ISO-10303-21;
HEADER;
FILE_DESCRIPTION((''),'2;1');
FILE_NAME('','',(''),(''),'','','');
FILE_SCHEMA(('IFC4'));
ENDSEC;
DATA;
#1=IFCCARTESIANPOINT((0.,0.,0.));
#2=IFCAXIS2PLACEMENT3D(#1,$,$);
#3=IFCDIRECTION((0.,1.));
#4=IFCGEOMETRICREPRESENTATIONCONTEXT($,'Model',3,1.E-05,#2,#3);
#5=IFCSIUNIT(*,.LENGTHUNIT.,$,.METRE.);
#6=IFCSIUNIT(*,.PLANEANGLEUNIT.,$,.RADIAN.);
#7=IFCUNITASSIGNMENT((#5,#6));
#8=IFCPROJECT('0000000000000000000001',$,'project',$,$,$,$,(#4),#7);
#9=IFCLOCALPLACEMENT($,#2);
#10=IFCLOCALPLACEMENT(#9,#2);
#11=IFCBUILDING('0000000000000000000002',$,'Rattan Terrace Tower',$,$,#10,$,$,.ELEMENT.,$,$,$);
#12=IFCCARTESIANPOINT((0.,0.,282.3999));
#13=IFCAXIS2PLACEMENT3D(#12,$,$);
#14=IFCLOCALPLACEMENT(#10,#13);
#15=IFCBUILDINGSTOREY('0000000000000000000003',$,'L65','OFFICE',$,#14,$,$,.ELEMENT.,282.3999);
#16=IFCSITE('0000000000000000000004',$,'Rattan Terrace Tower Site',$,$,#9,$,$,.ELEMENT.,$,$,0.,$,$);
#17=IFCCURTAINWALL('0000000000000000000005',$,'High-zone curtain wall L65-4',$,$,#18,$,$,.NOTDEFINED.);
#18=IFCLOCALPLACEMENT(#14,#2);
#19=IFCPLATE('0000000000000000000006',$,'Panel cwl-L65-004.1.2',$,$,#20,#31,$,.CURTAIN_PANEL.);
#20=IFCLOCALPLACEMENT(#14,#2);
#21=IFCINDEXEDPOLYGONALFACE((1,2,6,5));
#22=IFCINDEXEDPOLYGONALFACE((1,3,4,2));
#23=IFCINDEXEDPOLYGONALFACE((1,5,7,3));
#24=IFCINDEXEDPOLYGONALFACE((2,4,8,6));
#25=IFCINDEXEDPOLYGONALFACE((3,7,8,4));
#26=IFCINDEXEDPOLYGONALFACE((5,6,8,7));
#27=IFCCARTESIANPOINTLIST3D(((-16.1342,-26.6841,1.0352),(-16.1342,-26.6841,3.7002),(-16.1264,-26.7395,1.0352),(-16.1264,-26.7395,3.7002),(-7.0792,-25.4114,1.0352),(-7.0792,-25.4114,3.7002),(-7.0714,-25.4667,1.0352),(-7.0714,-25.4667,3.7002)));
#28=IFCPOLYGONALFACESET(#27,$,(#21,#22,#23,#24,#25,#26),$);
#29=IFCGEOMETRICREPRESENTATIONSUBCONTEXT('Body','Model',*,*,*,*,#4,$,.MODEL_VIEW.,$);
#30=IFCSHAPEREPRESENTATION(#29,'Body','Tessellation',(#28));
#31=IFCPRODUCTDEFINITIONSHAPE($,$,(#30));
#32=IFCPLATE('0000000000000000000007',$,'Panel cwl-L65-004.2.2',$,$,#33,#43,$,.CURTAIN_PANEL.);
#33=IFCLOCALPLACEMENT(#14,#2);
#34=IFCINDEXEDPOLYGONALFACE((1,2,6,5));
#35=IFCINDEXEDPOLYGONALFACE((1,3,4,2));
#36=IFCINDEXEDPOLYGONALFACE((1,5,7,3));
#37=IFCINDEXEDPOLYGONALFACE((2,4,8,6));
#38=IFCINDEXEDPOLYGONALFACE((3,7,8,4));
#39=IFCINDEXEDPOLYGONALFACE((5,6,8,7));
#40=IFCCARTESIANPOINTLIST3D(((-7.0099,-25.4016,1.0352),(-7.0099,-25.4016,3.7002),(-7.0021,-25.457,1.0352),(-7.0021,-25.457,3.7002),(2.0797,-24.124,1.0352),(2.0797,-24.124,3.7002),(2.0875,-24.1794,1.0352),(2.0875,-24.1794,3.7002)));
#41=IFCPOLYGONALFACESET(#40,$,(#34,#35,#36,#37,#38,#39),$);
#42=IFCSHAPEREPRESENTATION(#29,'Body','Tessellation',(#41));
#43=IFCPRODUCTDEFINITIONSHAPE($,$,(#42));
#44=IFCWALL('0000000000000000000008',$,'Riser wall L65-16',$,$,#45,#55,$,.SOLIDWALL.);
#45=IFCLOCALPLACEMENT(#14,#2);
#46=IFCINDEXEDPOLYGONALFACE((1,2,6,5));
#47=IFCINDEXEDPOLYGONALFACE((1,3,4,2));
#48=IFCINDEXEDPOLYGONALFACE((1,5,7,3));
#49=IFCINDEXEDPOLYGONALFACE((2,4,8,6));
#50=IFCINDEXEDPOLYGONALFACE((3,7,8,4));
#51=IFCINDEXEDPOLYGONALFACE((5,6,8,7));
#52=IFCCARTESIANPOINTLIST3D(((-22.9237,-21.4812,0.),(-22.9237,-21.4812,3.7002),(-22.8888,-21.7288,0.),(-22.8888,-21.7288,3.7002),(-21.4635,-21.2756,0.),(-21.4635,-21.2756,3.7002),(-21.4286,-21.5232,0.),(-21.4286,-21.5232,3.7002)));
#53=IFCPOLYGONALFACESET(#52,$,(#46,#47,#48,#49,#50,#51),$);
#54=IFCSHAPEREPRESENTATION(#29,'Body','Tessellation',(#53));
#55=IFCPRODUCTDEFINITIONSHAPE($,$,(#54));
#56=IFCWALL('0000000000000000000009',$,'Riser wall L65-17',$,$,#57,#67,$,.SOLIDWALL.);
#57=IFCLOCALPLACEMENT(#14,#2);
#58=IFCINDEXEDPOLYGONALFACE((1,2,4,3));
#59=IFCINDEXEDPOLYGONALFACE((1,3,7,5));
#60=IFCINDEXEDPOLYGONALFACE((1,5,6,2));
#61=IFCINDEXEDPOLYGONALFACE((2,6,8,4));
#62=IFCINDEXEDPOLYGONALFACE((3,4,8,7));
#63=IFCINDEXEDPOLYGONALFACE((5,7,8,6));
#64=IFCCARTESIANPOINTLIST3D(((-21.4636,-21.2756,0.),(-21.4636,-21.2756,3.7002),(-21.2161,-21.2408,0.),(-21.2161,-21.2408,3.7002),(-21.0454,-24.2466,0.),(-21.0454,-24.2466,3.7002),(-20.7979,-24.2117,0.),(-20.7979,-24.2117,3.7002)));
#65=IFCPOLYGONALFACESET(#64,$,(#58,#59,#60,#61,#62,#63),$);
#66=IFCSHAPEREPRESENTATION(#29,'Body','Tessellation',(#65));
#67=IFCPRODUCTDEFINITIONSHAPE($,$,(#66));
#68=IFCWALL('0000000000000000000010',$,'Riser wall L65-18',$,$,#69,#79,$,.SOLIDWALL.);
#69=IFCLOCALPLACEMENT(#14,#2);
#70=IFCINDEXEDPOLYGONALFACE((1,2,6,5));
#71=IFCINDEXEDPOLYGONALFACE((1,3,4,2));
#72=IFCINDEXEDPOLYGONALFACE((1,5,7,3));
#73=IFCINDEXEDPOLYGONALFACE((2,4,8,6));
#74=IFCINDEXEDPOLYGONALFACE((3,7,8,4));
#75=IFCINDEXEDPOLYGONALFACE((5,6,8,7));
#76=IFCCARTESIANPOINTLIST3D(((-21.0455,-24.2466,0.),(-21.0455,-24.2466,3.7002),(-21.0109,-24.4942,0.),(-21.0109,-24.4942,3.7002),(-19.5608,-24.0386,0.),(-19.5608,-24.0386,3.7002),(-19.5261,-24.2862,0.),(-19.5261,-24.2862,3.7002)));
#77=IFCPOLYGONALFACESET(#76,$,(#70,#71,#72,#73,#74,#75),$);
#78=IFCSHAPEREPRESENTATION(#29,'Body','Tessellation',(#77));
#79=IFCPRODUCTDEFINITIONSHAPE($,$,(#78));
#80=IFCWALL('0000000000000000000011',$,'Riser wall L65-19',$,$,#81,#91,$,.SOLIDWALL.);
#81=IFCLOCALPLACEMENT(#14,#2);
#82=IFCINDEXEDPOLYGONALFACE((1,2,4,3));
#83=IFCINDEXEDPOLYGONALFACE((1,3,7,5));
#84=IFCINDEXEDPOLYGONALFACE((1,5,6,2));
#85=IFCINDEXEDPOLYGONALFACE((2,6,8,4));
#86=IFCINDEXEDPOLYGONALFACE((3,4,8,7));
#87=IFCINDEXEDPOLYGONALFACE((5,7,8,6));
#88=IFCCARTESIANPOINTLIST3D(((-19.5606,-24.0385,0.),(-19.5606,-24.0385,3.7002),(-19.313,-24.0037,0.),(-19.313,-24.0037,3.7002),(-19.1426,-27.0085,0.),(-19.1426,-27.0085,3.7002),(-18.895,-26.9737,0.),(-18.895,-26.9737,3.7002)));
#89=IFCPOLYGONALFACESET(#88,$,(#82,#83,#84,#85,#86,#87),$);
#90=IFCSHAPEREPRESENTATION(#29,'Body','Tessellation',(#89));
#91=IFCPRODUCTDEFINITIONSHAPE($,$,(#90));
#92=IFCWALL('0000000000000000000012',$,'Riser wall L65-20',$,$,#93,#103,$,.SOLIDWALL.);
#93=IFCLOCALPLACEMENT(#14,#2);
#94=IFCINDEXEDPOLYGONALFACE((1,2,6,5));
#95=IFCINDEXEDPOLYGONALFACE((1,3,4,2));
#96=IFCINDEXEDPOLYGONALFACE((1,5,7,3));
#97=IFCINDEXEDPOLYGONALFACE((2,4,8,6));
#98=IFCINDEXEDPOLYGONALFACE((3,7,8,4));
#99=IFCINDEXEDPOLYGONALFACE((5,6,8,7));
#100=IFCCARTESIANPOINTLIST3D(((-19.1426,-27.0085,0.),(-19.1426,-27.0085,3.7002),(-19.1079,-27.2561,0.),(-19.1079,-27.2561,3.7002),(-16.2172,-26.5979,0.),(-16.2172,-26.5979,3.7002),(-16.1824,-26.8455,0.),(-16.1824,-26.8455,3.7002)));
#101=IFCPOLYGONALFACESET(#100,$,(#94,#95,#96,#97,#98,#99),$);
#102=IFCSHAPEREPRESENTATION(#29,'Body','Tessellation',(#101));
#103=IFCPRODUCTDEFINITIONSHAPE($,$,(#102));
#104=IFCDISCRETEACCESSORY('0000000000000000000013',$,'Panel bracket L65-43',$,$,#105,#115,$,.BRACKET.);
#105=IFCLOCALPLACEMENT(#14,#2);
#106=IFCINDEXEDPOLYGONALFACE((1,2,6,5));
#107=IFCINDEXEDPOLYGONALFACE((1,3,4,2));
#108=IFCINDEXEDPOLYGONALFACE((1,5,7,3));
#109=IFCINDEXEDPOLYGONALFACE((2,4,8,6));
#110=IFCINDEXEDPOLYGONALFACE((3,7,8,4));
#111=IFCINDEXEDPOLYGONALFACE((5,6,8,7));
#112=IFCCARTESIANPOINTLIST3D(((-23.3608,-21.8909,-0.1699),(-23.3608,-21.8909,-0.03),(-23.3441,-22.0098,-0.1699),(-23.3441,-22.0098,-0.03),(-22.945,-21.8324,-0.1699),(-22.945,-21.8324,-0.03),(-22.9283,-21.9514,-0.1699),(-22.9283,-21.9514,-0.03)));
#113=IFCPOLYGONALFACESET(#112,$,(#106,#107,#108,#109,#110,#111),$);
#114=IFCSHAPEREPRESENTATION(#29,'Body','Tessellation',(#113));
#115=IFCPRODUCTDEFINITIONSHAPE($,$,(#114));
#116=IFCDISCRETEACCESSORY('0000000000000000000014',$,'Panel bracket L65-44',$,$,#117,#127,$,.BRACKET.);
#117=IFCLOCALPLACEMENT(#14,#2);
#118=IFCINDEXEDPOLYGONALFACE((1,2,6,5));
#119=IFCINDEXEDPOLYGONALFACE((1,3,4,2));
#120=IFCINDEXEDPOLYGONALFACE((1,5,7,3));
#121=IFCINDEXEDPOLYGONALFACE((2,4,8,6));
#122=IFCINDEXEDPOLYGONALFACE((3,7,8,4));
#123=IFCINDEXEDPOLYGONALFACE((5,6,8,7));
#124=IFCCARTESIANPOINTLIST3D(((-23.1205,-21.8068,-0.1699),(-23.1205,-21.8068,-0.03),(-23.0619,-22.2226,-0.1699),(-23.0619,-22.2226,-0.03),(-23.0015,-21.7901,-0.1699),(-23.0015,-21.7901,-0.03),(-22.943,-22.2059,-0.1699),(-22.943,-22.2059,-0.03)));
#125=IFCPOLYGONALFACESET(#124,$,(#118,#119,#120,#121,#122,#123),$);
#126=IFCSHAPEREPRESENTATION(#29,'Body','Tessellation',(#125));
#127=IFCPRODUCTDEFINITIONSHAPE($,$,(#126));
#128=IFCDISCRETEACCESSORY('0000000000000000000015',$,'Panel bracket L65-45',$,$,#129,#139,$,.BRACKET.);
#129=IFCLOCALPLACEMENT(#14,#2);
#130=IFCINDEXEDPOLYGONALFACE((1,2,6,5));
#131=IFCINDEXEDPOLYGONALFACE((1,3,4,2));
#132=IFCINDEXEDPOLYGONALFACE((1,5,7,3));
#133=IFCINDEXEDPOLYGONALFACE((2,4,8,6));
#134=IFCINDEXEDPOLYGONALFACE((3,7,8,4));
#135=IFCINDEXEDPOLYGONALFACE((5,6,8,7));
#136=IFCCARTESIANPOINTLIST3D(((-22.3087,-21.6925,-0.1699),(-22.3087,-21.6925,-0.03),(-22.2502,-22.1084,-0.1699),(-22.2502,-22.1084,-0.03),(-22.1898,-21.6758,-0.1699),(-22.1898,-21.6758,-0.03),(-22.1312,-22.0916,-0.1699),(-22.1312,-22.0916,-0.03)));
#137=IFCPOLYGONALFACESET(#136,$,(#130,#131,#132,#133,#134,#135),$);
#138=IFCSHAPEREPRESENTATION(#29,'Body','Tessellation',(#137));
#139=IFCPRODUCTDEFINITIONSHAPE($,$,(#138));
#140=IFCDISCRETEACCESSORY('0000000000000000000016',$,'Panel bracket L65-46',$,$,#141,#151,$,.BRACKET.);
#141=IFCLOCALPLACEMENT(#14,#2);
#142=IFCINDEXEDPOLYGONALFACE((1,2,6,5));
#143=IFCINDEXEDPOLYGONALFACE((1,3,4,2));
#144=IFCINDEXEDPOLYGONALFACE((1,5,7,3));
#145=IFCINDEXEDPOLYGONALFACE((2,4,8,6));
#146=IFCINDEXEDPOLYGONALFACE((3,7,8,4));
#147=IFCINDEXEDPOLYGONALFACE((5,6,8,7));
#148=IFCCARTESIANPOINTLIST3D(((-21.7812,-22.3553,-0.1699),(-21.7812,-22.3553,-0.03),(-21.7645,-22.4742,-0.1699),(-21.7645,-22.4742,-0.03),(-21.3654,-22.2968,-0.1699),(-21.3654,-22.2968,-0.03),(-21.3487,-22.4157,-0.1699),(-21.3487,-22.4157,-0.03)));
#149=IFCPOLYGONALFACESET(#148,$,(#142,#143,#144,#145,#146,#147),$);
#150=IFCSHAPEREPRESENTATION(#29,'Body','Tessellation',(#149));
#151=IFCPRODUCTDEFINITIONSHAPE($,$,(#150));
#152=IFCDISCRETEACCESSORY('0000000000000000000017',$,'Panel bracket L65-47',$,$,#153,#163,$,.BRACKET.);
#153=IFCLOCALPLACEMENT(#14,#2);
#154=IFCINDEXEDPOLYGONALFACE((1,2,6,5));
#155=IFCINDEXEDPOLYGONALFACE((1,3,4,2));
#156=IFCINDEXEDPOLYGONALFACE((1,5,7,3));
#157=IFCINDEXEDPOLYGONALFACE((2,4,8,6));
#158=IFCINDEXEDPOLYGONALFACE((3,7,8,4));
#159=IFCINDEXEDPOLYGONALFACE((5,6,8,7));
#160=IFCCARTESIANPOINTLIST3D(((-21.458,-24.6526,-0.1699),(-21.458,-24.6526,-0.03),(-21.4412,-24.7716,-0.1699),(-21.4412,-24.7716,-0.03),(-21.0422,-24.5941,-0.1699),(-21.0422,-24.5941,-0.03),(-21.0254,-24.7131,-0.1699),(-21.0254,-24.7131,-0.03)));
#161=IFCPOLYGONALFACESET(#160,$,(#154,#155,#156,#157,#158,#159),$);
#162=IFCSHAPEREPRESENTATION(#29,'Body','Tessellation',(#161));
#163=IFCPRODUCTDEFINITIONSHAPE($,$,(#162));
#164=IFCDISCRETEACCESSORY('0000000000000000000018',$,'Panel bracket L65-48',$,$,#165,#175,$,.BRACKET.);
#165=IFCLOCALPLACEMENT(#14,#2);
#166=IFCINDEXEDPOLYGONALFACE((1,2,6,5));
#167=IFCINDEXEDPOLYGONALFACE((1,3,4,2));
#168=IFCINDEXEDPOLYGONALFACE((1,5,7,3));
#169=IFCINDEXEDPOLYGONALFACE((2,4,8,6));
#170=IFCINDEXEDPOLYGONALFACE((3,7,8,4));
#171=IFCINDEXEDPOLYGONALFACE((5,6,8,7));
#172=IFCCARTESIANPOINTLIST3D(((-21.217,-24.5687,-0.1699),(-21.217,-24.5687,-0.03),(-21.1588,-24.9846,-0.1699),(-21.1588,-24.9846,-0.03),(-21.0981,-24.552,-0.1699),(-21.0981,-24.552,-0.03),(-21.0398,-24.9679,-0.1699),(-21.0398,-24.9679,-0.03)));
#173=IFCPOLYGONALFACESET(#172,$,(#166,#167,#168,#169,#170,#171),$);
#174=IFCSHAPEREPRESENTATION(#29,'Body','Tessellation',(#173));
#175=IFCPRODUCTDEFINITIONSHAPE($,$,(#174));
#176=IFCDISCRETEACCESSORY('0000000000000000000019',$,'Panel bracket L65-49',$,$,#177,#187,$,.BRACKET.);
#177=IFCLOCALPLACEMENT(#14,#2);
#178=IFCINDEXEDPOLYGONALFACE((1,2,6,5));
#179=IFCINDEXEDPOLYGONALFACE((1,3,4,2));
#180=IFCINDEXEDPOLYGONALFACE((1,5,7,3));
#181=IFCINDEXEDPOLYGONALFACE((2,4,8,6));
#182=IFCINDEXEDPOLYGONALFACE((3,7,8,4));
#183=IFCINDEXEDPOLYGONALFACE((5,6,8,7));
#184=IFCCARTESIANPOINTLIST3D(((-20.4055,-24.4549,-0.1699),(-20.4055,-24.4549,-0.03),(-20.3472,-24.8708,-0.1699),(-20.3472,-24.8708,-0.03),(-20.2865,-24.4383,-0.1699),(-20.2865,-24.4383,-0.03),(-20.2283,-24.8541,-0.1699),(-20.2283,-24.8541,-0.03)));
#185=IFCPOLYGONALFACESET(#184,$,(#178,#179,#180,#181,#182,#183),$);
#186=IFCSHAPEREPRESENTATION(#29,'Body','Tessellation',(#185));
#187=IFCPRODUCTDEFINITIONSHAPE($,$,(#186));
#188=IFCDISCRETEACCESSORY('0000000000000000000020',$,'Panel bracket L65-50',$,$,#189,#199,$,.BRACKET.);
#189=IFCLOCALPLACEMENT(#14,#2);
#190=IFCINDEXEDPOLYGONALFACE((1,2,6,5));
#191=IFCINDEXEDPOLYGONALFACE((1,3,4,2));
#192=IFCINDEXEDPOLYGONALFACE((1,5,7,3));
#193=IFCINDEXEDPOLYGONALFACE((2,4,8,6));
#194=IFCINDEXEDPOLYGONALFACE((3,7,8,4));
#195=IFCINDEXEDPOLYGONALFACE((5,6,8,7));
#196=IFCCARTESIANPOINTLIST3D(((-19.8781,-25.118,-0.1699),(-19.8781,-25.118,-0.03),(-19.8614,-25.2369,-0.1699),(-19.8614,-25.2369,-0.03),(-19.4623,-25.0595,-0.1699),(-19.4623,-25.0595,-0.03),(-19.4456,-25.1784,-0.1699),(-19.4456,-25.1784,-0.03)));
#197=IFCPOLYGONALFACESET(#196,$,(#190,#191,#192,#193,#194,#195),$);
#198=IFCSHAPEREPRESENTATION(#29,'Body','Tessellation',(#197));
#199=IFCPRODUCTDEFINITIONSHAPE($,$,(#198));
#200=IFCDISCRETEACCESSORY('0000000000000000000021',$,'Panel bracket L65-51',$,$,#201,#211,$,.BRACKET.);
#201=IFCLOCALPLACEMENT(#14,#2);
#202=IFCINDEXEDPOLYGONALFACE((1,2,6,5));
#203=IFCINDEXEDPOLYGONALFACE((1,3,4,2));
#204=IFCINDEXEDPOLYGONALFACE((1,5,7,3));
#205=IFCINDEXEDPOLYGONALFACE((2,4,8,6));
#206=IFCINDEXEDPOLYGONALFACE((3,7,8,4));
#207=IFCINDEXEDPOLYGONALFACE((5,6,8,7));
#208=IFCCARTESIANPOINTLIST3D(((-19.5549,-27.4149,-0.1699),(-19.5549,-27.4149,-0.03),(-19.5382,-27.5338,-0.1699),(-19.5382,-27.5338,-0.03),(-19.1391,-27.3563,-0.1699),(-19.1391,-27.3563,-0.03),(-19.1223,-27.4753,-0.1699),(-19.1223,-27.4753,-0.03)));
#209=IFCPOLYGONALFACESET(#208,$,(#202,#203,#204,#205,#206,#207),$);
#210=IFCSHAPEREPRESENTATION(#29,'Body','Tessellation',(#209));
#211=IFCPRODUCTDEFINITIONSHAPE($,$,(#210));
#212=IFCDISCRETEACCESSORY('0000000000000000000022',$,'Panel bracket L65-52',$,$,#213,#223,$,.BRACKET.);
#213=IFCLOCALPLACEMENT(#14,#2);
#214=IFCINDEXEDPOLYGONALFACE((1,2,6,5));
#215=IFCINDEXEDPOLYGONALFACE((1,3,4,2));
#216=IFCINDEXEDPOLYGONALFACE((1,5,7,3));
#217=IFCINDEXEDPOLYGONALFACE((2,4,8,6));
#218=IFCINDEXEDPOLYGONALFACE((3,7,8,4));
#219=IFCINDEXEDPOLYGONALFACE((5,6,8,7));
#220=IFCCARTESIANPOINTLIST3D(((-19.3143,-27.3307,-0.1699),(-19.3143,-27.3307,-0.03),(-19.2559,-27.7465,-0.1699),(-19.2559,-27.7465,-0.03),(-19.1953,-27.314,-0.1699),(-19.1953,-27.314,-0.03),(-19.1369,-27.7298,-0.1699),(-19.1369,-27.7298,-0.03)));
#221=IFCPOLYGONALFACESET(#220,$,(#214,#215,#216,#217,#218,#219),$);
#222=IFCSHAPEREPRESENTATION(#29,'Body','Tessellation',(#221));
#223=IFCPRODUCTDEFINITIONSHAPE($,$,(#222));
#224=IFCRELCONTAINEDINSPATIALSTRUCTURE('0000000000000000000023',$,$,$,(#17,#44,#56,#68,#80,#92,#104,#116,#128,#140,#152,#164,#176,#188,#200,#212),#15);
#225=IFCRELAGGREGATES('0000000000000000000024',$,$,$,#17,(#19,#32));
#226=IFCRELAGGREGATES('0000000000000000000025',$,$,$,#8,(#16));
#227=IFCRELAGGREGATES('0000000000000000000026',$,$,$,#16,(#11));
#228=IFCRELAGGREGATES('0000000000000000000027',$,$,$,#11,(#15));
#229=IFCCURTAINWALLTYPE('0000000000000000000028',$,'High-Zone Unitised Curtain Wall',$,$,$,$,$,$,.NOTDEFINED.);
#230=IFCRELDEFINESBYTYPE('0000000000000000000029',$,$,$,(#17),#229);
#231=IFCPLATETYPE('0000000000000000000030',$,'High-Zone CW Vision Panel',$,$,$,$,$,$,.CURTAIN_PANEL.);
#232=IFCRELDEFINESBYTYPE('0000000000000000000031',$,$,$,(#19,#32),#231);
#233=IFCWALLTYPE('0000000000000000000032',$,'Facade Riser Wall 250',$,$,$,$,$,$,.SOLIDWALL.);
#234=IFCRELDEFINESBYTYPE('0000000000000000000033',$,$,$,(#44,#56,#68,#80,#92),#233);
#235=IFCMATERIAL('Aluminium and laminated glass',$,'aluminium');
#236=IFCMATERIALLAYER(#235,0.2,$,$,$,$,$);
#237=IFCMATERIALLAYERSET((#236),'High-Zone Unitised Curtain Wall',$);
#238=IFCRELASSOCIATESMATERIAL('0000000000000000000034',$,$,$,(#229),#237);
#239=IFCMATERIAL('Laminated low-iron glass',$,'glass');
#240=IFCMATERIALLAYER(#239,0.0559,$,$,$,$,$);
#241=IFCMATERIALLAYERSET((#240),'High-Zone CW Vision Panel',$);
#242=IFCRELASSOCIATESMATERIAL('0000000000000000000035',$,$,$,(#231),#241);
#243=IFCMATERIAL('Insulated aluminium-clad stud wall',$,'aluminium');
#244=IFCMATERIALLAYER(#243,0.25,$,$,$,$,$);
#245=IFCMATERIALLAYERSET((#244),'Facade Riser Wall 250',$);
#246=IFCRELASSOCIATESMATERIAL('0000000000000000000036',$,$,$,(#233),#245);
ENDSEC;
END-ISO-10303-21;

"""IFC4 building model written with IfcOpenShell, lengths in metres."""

from ifc_helpers import new_model, si_unit, direction, frame, frame_2d, origin, origin_2d, place, context, subcontext, project, spatial, rectangle, extrude, material, layer, layer_set, type_object, element, aggregate, save


model = new_model("IFC4")

# Units and contexts
model_context = context("Model", 3, precision=1e-05, world=origin(), true_north=direction((0.0, 1.0)))
body_context = subcontext(model_context, "Body", "Model", "MODEL_VIEW")
ifc_project = project(units=[si_unit("LENGTHUNIT", "METRE"), si_unit("PLANEANGLEUNIT", "RADIAN")], contexts=[model_context])

# Site, building, storey
site_placement = place(None, origin())
site = spatial("IfcSite", under=ifc_project, at=site_placement, Name="Rattan Terrace Tower Site", CompositionType="ELEMENT", RefElevation=0.0)
building_placement = place(site_placement, origin())
building = spatial("IfcBuilding", under=site, at=building_placement, Name="Rattan Terrace Tower", CompositionType="ELEMENT")
storey_placement = place(building_placement, frame((0.0, 0.0, 282.3999)))
storey = spatial("IfcBuildingStorey", under=building, at=storey_placement, Name="L65", Description="OFFICE", CompositionType="ELEMENT", Elevation=282.3999)

# Curtain wall
ifc_material_1 = material(Name="Aluminium and laminated glass", Category="aluminium")
ifc_layer_1 = layer(ifc_material_1, 0.2)
ifc_layer_set_1 = layer_set([ifc_layer_1], Name="High-Zone Unitised Curtain Wall")
curtain_wall_type = type_object("IfcCurtainWallType", Name="High-Zone Unitised Curtain Wall", PredefinedType="NOTDEFINED", material=ifc_layer_set_1)
curtain_wall_1_placement = place(storey_placement, origin())
curtain_wall_1 = element("IfcCurtainWall", 1, at=curtain_wall_1_placement, inside=storey, type_object=curtain_wall_type, Name="High-zone curtain wall L65-4", PredefinedType="NOTDEFINED")

# Plates
ifc_material_2 = material(Name="Laminated low-iron glass", Category="glass")
ifc_layer_2 = layer(ifc_material_2, 0.0559)
ifc_layer_set_2 = layer_set([ifc_layer_2], Name="High-Zone CW Vision Panel")
plate_type_1 = type_object("IfcPlateType", Name="High-Zone CW Vision Panel", PredefinedType="CURTAIN_PANEL", material=ifc_layer_set_2)
plate_1_placement = place(storey_placement, frame((-11.6028, -26.0754, 1.0352), z_axis=(0.0, 0.0, 1.0), x_axis=(0.990266, 0.139189, 0.0)))
plate_1 = element("IfcPlate", 2, at=plate_1_placement, type_object=plate_type_1, Name="Panel cwl-L65-004.1.2", PredefinedType="CURTAIN_PANEL", context=body_context, shape_type="SweptSolid", body=[
    extrude(rectangle(XDim=9.144, YDim=0.0559, at=origin_2d()), origin(), (0.0, 0.0, 1.0), 2.665),
])
plate_2_placement = place(storey_placement, frame((-2.4612, -24.7905, 1.0352), z_axis=(0.0, 0.0, 1.0), x_axis=(0.990266, 0.139189, 0.0)))
plate_2 = element("IfcPlate", 3, at=plate_2_placement, type_object=plate_type_1, Name="Panel cwl-L65-004.2.2", PredefinedType="CURTAIN_PANEL", context=body_context, shape_type="SweptSolid", body=[
    extrude(rectangle(XDim=9.179, YDim=0.0559, at=origin_2d()), origin(), (0.0, 0.0, 1.0), 2.665),
])
aggregate(curtain_wall_1, [plate_1, plate_2])

# Walls
ifc_material_3 = material(Name="Insulated aluminium-clad stud wall", Category="aluminium")
ifc_layer_3 = layer(ifc_material_3, 0.25)
ifc_layer_set_3 = layer_set([ifc_layer_3], Name="Facade Riser Wall 250")
wall_type = type_object("IfcWallType", Name="Facade Riser Wall 250", PredefinedType="SOLIDWALL", material=ifc_layer_set_3)
wall_1_placement = place(storey_placement, frame((-22.9062, -21.605, 0.0), z_axis=(0.0, 0.0, 1.0), x_axis=(0.990236, 0.139404, 0.0)))
element("IfcWall", 4, at=wall_1_placement, inside=storey, type_object=wall_type, Name="Riser wall L65-16", PredefinedType="SOLIDWALL", context=body_context, shape_type="SweptSolid", body=[
    extrude(rectangle(XDim=1.4746, YDim=0.25, at=frame_2d((0.7373, 0.0))), origin(), (0.0, 0.0, 1.0), 3.7002),
])
wall_2_placement = place(storey_placement, frame((-21.3398, -21.2583, 0.0), z_axis=(0.0, 0.0, 1.0), x_axis=(0.139393, -0.990237, 0.0)))
element("IfcWall", 5, at=wall_2_placement, inside=storey, type_object=wall_type, Name="Riser wall L65-17", PredefinedType="SOLIDWALL", context=body_context, shape_type="SweptSolid", body=[
    extrude(rectangle(XDim=3.0002, YDim=0.25, at=frame_2d((1.5, 0.0))), origin(), (0.0, 0.0, 1.0), 3.7002),
])
wall_3_placement = place(storey_placement, frame((-21.0281, -24.3704, 0.0), z_axis=(0.0, 0.0, 1.0), x_axis=(0.99033, 0.138731, 0.0)))
element("IfcWall", 6, at=wall_3_placement, inside=storey, type_object=wall_type, Name="Riser wall L65-18", PredefinedType="SOLIDWALL", context=body_context, shape_type="SweptSolid", body=[
    extrude(rectangle(XDim=1.4993, YDim=0.25, at=frame_2d((0.7495, 0.0))), origin(), (0.0, 0.0, 1.0), 3.7002),
])
wall_4_placement = place(storey_placement, frame((-19.4368, -24.0212, 0.0), z_axis=(0.0, 0.0, 1.0), x_axis=(0.139358, -0.990242, 0.0)))
element("IfcWall", 7, at=wall_4_placement, inside=storey, type_object=wall_type, Name="Riser wall L65-19", PredefinedType="SOLIDWALL", context=body_context, shape_type="SweptSolid", body=[
    extrude(rectangle(XDim=2.9993, YDim=0.25, at=frame_2d((1.4995, 0.0))), origin(), (0.0, 0.0, 1.0), 3.7002),
])
wall_5_placement = place(storey_placement, frame((-19.1252, -27.1323, 0.0), z_axis=(0.0, 0.0, 1.0), x_axis=(0.990292, 0.139003, 0.0)))
element("IfcWall", 8, at=wall_5_placement, inside=storey, type_object=wall_type, Name="Riser wall L65-20", PredefinedType="SOLIDWALL", context=body_context, shape_type="SweptSolid", body=[
    extrude(rectangle(XDim=2.9541, YDim=0.25, at=frame_2d((1.4771, 0.0))), origin(), (0.0, 0.0, 1.0), 3.7002),
])

# Discrete accessories
for number, where, z_axis, x_axis, name in (
    (9, (-23.1445, -21.9211, -0.1699), (0.0, 0.0, 1.0), (0.139192, -0.990265, 0.0), "Panel bracket L65-43"),
    (10, (-23.0317, -22.0063, -0.1699), (0.0, 0.0, 1.0), (0.990241, 0.139367, 0.0), "Panel bracket L65-44"),
    (11, (-22.22, -21.8921, -0.1699), (0.0, 0.0, 1.0), (0.990241, 0.139367, 0.0), "Panel bracket L65-45"),
    (12, (-21.5649, -22.3855, -0.1699), (0.0, 0.0, 1.0), (0.139321, -0.990247, 0.0), "Panel bracket L65-46"),
    (13, (-21.2417, -24.6829, -0.1699), (0.0, 0.0, 1.0), (0.139321, -0.990247, 0.0), "Panel bracket L65-47"),
    (14, (-21.1284, -24.7683, -0.1699), (0.0, 0.0, 1.0), (0.990333, 0.138713, 0.0), "Panel bracket L65-48"),
    (15, (-20.3169, -24.6545, -0.1699), (0.0, 0.0, 1.0), (0.990333, 0.138713, 0.0), "Panel bracket L65-49"),
    (16, (-19.6619, -25.1482, -0.1699), (0.0, 0.0, 1.0), (0.139367, -0.990241, 0.0), "Panel bracket L65-50"),
    (17, (-19.3386, -27.4451, -0.1699), (0.0, 0.0, 1.0), (0.139367, -0.990241, 0.0), "Panel bracket L65-51"),
    (18, (-19.2256, -27.5303, -0.1699), (0.0, 0.0, 1.0), (0.990287, 0.13904, 0.0), "Panel bracket L65-52"),
):
    element("IfcDiscreteAccessory", number, at=place(storey_placement, frame(where, z_axis=z_axis, x_axis=x_axis)), inside=storey, Name=name, PredefinedType="BRACKET", context=body_context, shape_type="SweptSolid", body=[
        extrude(rectangle(XDim=0.1201, YDim=0.4199, at=origin_2d()), origin(), (0.0, 0.0, 1.0), 0.1399),
    ])

save(model, "model.ifc")
